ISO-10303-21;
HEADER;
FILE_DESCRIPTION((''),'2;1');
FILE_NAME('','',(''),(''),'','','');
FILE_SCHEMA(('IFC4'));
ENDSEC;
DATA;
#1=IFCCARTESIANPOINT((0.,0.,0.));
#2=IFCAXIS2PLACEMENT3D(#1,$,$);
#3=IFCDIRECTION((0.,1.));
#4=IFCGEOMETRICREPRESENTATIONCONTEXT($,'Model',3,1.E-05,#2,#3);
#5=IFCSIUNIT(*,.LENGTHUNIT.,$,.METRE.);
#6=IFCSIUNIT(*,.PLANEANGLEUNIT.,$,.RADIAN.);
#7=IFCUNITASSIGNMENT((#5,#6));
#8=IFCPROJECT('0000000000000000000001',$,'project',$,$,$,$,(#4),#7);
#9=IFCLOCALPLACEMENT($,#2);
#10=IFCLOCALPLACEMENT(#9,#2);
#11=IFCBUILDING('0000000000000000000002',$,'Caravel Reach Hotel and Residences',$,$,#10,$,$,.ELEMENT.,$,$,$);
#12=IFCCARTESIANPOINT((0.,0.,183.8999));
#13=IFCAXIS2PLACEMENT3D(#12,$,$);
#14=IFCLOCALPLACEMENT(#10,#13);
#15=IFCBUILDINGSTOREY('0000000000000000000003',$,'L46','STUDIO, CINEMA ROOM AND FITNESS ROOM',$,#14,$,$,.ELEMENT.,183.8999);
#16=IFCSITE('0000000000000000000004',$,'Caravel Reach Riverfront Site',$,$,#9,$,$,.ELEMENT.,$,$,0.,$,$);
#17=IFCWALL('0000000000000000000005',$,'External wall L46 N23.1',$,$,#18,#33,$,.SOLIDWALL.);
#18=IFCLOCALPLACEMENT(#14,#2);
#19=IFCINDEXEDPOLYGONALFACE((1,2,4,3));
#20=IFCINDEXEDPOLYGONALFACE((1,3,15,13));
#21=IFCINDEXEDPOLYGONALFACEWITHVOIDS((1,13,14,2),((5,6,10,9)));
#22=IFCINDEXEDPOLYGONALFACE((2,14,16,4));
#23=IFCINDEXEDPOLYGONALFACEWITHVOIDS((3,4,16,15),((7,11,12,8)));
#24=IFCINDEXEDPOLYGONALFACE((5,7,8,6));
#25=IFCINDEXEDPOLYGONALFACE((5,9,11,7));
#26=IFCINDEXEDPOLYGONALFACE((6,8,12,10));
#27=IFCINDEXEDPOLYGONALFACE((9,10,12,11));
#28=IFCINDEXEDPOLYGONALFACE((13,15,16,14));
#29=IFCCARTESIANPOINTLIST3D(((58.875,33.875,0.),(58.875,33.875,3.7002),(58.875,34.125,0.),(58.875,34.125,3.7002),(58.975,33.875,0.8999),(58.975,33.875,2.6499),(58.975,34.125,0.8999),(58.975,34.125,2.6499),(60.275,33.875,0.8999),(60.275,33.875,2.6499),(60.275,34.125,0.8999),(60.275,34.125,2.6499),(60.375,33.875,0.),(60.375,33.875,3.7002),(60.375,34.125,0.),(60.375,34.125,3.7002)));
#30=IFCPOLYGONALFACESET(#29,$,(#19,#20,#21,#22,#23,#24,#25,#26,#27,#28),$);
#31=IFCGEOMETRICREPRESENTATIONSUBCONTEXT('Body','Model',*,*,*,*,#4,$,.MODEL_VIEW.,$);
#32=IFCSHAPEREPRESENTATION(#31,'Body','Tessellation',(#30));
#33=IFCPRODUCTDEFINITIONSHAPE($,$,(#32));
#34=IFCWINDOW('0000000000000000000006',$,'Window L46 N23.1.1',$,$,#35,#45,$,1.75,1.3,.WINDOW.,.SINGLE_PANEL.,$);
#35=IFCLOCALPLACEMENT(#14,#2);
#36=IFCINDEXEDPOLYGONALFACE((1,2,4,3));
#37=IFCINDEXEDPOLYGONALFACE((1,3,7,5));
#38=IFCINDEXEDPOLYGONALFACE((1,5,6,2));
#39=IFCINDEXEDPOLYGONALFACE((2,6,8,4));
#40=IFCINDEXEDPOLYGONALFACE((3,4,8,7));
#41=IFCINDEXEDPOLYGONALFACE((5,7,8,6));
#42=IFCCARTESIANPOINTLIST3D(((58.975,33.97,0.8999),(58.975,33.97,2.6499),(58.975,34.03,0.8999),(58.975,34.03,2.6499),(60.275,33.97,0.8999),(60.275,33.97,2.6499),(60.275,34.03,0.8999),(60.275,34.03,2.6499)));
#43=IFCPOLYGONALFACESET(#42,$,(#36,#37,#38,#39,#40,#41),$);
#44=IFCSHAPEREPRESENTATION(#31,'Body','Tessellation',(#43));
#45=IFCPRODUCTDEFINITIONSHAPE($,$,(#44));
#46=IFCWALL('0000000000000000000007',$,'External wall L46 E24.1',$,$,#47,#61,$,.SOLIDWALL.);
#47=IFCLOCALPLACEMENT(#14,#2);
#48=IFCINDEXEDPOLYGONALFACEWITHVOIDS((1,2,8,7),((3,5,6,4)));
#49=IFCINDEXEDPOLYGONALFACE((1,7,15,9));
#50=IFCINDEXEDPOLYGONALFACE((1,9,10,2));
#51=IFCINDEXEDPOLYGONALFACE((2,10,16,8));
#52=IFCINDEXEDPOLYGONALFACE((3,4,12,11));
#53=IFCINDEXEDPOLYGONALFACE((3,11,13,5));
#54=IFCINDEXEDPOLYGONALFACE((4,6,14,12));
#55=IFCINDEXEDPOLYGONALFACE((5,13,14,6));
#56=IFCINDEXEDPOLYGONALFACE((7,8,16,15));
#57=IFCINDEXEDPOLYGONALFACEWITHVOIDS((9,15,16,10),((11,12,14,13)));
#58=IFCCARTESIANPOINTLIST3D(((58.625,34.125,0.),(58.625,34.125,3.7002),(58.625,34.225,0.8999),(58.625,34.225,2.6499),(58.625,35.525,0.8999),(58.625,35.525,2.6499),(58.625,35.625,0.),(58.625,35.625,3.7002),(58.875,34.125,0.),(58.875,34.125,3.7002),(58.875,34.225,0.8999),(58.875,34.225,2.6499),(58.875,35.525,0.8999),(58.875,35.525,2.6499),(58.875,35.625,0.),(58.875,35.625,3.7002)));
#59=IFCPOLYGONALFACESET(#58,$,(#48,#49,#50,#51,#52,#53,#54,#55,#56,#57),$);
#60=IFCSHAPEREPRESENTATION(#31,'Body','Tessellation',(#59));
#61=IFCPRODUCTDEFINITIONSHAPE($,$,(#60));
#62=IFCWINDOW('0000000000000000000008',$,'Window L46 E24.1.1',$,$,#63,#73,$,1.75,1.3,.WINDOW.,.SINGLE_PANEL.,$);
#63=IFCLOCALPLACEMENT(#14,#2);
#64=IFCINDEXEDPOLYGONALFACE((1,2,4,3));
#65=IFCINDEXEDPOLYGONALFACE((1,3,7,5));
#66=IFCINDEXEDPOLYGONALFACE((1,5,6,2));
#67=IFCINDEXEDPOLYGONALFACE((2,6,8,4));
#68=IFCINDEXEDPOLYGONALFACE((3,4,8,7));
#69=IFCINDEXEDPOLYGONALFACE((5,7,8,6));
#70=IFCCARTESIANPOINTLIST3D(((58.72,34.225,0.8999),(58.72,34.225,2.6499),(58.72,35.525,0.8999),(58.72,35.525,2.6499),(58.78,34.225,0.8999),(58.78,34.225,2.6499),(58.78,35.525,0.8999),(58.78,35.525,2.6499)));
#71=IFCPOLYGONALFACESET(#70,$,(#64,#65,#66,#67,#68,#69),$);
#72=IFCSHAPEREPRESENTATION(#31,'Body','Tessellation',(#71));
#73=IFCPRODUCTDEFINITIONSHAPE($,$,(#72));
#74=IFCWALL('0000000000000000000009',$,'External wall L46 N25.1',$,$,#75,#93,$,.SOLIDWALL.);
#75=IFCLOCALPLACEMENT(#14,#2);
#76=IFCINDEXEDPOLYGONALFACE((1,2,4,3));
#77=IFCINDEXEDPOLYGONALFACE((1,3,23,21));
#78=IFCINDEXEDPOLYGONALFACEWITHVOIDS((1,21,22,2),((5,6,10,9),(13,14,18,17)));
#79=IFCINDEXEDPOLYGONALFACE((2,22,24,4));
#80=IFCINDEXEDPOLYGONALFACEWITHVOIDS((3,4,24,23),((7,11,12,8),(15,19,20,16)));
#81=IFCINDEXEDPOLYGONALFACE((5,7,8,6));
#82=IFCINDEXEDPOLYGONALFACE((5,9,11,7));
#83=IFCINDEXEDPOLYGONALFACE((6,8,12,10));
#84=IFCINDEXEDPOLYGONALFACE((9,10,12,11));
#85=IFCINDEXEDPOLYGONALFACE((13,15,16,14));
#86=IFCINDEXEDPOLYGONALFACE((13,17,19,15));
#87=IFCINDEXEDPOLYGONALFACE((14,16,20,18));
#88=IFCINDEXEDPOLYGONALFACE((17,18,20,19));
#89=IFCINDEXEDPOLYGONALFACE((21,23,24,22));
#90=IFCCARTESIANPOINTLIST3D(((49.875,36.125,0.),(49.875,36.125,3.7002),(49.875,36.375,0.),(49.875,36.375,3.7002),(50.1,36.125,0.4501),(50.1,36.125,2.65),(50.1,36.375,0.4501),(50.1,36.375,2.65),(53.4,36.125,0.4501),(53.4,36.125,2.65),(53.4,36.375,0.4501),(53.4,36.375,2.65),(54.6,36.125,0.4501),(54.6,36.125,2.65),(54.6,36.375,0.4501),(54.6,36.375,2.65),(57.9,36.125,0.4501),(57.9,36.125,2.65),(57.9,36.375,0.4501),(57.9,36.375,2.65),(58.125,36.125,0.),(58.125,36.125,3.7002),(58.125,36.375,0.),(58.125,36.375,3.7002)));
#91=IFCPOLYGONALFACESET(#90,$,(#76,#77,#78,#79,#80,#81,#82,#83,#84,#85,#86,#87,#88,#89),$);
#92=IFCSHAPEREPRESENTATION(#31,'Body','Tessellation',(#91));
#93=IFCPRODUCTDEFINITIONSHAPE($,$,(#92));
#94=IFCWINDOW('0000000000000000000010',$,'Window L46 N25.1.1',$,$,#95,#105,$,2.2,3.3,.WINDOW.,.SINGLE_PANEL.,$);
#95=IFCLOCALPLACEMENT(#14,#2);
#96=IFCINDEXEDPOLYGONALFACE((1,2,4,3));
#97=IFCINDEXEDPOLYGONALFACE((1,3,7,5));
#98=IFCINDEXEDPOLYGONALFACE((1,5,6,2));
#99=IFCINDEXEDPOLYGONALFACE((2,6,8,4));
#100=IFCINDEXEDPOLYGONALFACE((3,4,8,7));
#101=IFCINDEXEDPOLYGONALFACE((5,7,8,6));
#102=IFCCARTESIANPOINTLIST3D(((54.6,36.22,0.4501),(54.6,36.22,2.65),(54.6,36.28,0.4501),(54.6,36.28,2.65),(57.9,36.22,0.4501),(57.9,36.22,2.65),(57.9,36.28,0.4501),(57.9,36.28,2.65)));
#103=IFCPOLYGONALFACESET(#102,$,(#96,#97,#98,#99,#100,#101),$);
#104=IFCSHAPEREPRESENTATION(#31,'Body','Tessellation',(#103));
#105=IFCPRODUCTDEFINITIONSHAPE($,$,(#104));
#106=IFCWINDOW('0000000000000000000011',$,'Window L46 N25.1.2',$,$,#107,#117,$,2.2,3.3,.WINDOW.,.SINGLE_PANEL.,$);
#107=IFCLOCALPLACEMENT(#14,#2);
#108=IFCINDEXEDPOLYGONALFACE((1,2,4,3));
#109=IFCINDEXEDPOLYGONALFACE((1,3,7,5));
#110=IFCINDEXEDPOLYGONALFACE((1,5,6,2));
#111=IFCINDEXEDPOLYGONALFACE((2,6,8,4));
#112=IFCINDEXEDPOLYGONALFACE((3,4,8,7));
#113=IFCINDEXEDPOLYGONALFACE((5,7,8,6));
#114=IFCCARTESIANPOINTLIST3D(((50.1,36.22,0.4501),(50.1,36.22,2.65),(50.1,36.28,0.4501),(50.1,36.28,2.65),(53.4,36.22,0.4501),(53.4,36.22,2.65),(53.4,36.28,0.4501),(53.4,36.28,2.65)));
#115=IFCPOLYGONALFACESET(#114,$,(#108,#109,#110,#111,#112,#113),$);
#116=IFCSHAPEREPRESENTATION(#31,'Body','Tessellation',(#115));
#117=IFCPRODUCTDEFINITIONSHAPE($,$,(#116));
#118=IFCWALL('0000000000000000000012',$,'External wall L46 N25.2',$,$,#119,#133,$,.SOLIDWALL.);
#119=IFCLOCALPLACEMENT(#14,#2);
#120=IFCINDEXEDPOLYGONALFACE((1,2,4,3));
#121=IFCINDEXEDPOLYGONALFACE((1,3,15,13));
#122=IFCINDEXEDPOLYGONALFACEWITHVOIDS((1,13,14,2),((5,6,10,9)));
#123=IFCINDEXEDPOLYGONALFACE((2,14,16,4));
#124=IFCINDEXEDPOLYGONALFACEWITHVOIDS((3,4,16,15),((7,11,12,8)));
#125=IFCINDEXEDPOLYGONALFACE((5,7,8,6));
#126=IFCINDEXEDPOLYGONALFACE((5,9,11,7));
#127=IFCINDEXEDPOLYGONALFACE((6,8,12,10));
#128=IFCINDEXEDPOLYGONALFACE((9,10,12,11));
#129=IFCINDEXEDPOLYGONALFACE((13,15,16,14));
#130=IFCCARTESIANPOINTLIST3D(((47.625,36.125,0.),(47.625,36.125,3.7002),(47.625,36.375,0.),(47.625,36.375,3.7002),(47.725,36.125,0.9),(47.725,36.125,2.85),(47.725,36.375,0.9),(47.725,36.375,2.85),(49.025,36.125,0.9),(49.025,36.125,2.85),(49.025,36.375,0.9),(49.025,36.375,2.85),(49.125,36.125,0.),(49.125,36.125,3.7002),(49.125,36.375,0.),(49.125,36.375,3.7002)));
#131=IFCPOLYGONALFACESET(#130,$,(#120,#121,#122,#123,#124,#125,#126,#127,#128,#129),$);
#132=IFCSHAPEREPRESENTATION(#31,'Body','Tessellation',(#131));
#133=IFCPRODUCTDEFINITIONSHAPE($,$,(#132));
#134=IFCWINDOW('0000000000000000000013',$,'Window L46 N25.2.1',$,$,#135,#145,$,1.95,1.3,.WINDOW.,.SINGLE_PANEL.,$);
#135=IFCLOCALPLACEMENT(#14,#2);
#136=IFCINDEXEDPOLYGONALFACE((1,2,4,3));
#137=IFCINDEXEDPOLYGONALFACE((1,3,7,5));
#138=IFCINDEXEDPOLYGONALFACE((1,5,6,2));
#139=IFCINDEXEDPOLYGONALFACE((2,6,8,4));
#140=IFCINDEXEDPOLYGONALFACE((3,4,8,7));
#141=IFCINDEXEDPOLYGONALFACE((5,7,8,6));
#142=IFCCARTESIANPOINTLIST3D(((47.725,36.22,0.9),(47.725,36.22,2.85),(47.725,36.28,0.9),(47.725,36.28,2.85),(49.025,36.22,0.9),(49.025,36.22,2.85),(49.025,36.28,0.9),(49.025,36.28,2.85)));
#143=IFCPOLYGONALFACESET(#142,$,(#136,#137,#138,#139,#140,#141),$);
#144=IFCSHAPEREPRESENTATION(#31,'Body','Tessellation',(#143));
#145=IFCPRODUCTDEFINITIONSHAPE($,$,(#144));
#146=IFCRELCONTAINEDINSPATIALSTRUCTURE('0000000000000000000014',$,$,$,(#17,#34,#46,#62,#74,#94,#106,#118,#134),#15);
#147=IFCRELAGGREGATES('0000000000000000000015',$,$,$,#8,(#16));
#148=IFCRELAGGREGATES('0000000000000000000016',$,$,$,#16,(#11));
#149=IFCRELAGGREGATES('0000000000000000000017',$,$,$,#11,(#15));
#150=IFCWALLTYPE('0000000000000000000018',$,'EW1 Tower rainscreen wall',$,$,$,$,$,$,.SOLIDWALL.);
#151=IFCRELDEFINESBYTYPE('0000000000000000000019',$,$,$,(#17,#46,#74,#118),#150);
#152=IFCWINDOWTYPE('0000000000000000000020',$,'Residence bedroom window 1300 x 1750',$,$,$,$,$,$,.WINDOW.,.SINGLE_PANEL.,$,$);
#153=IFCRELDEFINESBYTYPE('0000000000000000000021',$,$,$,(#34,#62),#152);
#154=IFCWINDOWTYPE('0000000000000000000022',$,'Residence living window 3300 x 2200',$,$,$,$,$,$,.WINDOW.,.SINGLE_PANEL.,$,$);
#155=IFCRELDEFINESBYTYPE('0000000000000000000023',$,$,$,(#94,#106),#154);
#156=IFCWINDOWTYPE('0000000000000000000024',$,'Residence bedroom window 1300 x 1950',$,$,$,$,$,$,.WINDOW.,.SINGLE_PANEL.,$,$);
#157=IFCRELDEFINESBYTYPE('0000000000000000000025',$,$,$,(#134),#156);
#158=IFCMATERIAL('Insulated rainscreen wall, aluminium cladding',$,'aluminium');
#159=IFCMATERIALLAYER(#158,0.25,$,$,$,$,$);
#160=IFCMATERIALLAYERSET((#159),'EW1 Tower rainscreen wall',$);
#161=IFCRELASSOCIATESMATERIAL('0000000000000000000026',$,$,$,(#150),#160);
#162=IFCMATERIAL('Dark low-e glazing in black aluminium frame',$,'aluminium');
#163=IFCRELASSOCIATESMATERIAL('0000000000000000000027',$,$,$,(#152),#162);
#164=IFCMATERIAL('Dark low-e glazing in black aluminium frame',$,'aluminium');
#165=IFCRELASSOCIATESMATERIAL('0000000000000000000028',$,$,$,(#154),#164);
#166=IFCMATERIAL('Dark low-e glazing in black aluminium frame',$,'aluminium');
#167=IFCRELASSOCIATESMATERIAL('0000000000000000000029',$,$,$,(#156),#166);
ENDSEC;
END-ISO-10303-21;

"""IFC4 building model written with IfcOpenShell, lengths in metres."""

from ifc_helpers import new_model, si_unit, direction, frame, frame_2d, origin, place, context, subcontext, project, spatial, rectangle, extrude, material, layer, layer_set, type_object, element, fill, save


model = new_model("IFC4")

# Units and contexts
model_context = context("Model", 3, precision=1e-05, world=origin(), true_north=direction((0.0, 1.0)))
body_context = subcontext(model_context, "Body", "Model", "MODEL_VIEW")
ifc_project = project(units=[si_unit("LENGTHUNIT", "METRE"), si_unit("PLANEANGLEUNIT", "RADIAN")], contexts=[model_context])

# Site, building, storey
site_placement = place(None, origin())
site = spatial("IfcSite", under=ifc_project, at=site_placement, Name="Caravel Reach Riverfront Site", CompositionType="ELEMENT", RefElevation=0.0)
building_placement = place(site_placement, origin())
building = spatial("IfcBuilding", under=site, at=building_placement, Name="Caravel Reach Hotel and Residences", CompositionType="ELEMENT")
storey_placement = place(building_placement, frame((0.0, 0.0, 183.8999)))
storey = spatial("IfcBuildingStorey", under=building, at=storey_placement, Name="L46", Description="STUDIO, CINEMA ROOM AND FITNESS ROOM", CompositionType="ELEMENT", Elevation=183.8999)

# Walls, openings, windows
ifc_material_1 = material(Name="Insulated rainscreen wall, aluminium cladding", Category="aluminium")
ifc_layer = layer(ifc_material_1, 0.25)
ifc_layer_set = layer_set([ifc_layer], Name="EW1 Tower rainscreen wall")
wall_type = type_object("IfcWallType", Name="EW1 Tower rainscreen wall", PredefinedType="SOLIDWALL", material=ifc_layer_set)
ifc_material_2 = material(Name="Dark low-e glazing in black aluminium frame", Category="aluminium")
window_type_1 = type_object("IfcWindowType", Name="Residence bedroom window 1300 x 1750", PartitioningType="SINGLE_PANEL", PredefinedType="WINDOW", material=ifc_material_2)
wall_1_placement = place(storey_placement, frame((60.375, 34.0, 0.0), z_axis=(0.0, 0.0, 1.0), x_axis=(-1.0, 0.0, 0.0)))
wall_1 = element("IfcWall", 1, at=wall_1_placement, inside=storey, type_object=wall_type, Name="External wall L46 N23.1", PredefinedType="SOLIDWALL", context=body_context, shape_type="SweptSolid", body=[
    extrude(rectangle(XDim=1.5, YDim=0.25, at=frame_2d((0.75, 0.0))), origin(), (0.0, 0.0, 1.0), 3.7002),
])
opening_1_placement = place(wall_1_placement, frame((0.1001, 0.0, 0.8999)))
opening_1 = element("IfcOpeningElement", 2, at=opening_1_placement, cuts=wall_1, PredefinedType="OPENING", context=body_context, shape_type="SweptSolid", body=[
    extrude(rectangle(XDim=1.3, YDim=1.75, at=frame_2d((0.6499, 0.875))), frame((0.0, 0.135, 0.0), z_axis=(0.0, -1.0, 0.0), x_axis=(1.0, 0.0, 0.0)), (0.0, 0.0, 1.0), 0.27),
])
window_1_placement = place(opening_1_placement, origin())
window_1 = element("IfcWindow", 3, at=window_1_placement, inside=storey, type_object=window_type_1, Name="Window L46 N23.1.1", OverallHeight=1.75, OverallWidth=1.3, PartitioningType="SINGLE_PANEL", PredefinedType="WINDOW", context=body_context, shape_type="SweptSolid", body=[
    extrude(rectangle(XDim=1.3, YDim=1.75, at=frame_2d((0.6499, 0.875))), frame((0.0, 0.03, 0.0), z_axis=(0.0, -1.0, 0.0), x_axis=(1.0, 0.0, 0.0)), (0.0, 0.0, 1.0), 0.0601),
])
fill(opening_1, window_1)
wall_2_placement = place(storey_placement, frame((58.75, 34.125, 0.0), z_axis=(0.0, 0.0, 1.0), x_axis=(0.0, 1.0, 0.0)))
wall_2 = element("IfcWall", 4, at=wall_2_placement, inside=storey, type_object=wall_type, Name="External wall L46 E24.1", PredefinedType="SOLIDWALL", context=body_context, shape_type="SweptSolid", body=[
    extrude(rectangle(XDim=1.5, YDim=0.25, at=frame_2d((0.75, 0.0))), origin(), (0.0, 0.0, 1.0), 3.7002),
])
opening_2_placement = place(wall_2_placement, frame((0.1001, 0.0, 0.8999)))
opening_2 = element("IfcOpeningElement", 5, at=opening_2_placement, cuts=wall_2, PredefinedType="OPENING", context=body_context, shape_type="SweptSolid", body=[
    extrude(rectangle(XDim=1.3, YDim=1.75, at=frame_2d((0.6499, 0.875))), frame((0.0, 0.135, 0.0), z_axis=(0.0, -1.0, 0.0), x_axis=(1.0, 0.0, 0.0)), (0.0, 0.0, 1.0), 0.27),
])
window_2_placement = place(opening_2_placement, origin())
window_2 = element("IfcWindow", 6, at=window_2_placement, inside=storey, type_object=window_type_1, Name="Window L46 E24.1.1", OverallHeight=1.75, OverallWidth=1.3, PartitioningType="SINGLE_PANEL", PredefinedType="WINDOW", context=body_context, shape_type="SweptSolid", body=[
    extrude(rectangle(XDim=1.3, YDim=1.75, at=frame_2d((0.6499, 0.875))), frame((0.0, 0.03, 0.0), z_axis=(0.0, -1.0, 0.0), x_axis=(1.0, 0.0, 0.0)), (0.0, 0.0, 1.0), 0.0601),
])
fill(opening_2, window_2)

# Wall, openings, windows
wall_3_placement = place(storey_placement, frame((58.125, 36.25, 0.0), z_axis=(0.0, 0.0, 1.0), x_axis=(-1.0, 0.0, 0.0)))
wall_3 = element("IfcWall", 7, at=wall_3_placement, inside=storey, type_object=wall_type, Name="External wall L46 N25.1", PredefinedType="SOLIDWALL", context=body_context, shape_type="SweptSolid", body=[
    extrude(rectangle(XDim=8.25, YDim=0.25, at=frame_2d((4.125, 0.0))), origin(), (0.0, 0.0, 1.0), 3.7002),
])
opening_3_placement = place(wall_3_placement, frame((0.2251, 0.0, 0.45)))
opening_3 = element("IfcOpeningElement", 8, at=opening_3_placement, cuts=wall_3, PredefinedType="OPENING", context=body_context, shape_type="SweptSolid", body=[
    extrude(rectangle(XDim=3.3, YDim=2.2, at=frame_2d((1.6499, 1.1001))), frame((0.0, 0.135, 0.0), z_axis=(0.0, -1.0, 0.0), x_axis=(1.0, 0.0, 0.0)), (0.0, 0.0, 1.0), 0.27),
])
opening_4_placement = place(wall_3_placement, frame((4.7251, 0.0, 0.45)))
opening_4 = element("IfcOpeningElement", 9, at=opening_4_placement, cuts=wall_3, PredefinedType="OPENING", context=body_context, shape_type="SweptSolid", body=[
    extrude(rectangle(XDim=3.3, YDim=2.2, at=frame_2d((1.6499, 1.1001))), frame((0.0, 0.135, 0.0), z_axis=(0.0, -1.0, 0.0), x_axis=(1.0, 0.0, 0.0)), (0.0, 0.0, 1.0), 0.27),
])
ifc_material_3 = material(Name="Dark low-e glazing in black aluminium frame", Category="aluminium")
window_type_2 = type_object("IfcWindowType", Name="Residence living window 3300 x 2200", PartitioningType="SINGLE_PANEL", PredefinedType="WINDOW", material=ifc_material_3)
window_3_placement = place(opening_3_placement, origin())
window_3 = element("IfcWindow", 10, at=window_3_placement, inside=storey, type_object=window_type_2, Name="Window L46 N25.1.1", OverallHeight=2.2, OverallWidth=3.3, PartitioningType="SINGLE_PANEL", PredefinedType="WINDOW", context=body_context, shape_type="SweptSolid", body=[
    extrude(rectangle(XDim=3.3, YDim=2.2, at=frame_2d((1.6499, 1.1001))), frame((0.0, 0.03, 0.0), z_axis=(0.0, -1.0, 0.0), x_axis=(1.0, 0.0, 0.0)), (0.0, 0.0, 1.0), 0.0601),
])
fill(opening_3, window_3)
window_4_placement = place(opening_4_placement, origin())
window_4 = element("IfcWindow", 11, at=window_4_placement, inside=storey, type_object=window_type_2, Name="Window L46 N25.1.2", OverallHeight=2.2, OverallWidth=3.3, PartitioningType="SINGLE_PANEL", PredefinedType="WINDOW", context=body_context, shape_type="SweptSolid", body=[
    extrude(rectangle(XDim=3.3, YDim=2.2, at=frame_2d((1.6499, 1.1001))), frame((0.0, 0.03, 0.0), z_axis=(0.0, -1.0, 0.0), x_axis=(1.0, 0.0, 0.0)), (0.0, 0.0, 1.0), 0.0601),
])
fill(opening_4, window_4)

# Wall, opening, window
wall_4_placement = place(storey_placement, frame((49.125, 36.25, 0.0), z_axis=(0.0, 0.0, 1.0), x_axis=(-1.0, 0.0, 0.0)))
wall_4 = element("IfcWall", 12, at=wall_4_placement, inside=storey, type_object=wall_type, Name="External wall L46 N25.2", PredefinedType="SOLIDWALL", context=body_context, shape_type="SweptSolid", body=[
    extrude(rectangle(XDim=1.5, YDim=0.25, at=frame_2d((0.75, 0.0))), origin(), (0.0, 0.0, 1.0), 3.7002),
])
opening_5_placement = place(wall_4_placement, frame((0.1001, 0.0, 0.8999)))
opening_5 = element("IfcOpeningElement", 13, at=opening_5_placement, cuts=wall_4, PredefinedType="OPENING", context=body_context, shape_type="SweptSolid", body=[
    extrude(rectangle(XDim=1.3, YDim=1.95, at=frame_2d((0.6499, 0.9751))), frame((0.0, 0.135, 0.0), z_axis=(0.0, -1.0, 0.0), x_axis=(1.0, 0.0, 0.0)), (0.0, 0.0, 1.0), 0.27),
])
ifc_material_4 = material(Name="Dark low-e glazing in black aluminium frame", Category="aluminium")
window_type_3 = type_object("IfcWindowType", Name="Residence bedroom window 1300 x 1950", PartitioningType="SINGLE_PANEL", PredefinedType="WINDOW", material=ifc_material_4)
window_5_placement = place(opening_5_placement, origin())
window_5 = element("IfcWindow", 14, at=window_5_placement, inside=storey, type_object=window_type_3, Name="Window L46 N25.2.1", OverallHeight=1.95, OverallWidth=1.3, PartitioningType="SINGLE_PANEL", PredefinedType="WINDOW", context=body_context, shape_type="SweptSolid", body=[
    extrude(rectangle(XDim=1.3, YDim=1.95, at=frame_2d((0.6499, 0.9751))), frame((0.0, 0.03, 0.0), z_axis=(0.0, -1.0, 0.0), x_axis=(1.0, 0.0, 0.0)), (0.0, 0.0, 1.0), 0.0601),
])
fill(opening_5, window_5)

save(model, "model.ifc")
